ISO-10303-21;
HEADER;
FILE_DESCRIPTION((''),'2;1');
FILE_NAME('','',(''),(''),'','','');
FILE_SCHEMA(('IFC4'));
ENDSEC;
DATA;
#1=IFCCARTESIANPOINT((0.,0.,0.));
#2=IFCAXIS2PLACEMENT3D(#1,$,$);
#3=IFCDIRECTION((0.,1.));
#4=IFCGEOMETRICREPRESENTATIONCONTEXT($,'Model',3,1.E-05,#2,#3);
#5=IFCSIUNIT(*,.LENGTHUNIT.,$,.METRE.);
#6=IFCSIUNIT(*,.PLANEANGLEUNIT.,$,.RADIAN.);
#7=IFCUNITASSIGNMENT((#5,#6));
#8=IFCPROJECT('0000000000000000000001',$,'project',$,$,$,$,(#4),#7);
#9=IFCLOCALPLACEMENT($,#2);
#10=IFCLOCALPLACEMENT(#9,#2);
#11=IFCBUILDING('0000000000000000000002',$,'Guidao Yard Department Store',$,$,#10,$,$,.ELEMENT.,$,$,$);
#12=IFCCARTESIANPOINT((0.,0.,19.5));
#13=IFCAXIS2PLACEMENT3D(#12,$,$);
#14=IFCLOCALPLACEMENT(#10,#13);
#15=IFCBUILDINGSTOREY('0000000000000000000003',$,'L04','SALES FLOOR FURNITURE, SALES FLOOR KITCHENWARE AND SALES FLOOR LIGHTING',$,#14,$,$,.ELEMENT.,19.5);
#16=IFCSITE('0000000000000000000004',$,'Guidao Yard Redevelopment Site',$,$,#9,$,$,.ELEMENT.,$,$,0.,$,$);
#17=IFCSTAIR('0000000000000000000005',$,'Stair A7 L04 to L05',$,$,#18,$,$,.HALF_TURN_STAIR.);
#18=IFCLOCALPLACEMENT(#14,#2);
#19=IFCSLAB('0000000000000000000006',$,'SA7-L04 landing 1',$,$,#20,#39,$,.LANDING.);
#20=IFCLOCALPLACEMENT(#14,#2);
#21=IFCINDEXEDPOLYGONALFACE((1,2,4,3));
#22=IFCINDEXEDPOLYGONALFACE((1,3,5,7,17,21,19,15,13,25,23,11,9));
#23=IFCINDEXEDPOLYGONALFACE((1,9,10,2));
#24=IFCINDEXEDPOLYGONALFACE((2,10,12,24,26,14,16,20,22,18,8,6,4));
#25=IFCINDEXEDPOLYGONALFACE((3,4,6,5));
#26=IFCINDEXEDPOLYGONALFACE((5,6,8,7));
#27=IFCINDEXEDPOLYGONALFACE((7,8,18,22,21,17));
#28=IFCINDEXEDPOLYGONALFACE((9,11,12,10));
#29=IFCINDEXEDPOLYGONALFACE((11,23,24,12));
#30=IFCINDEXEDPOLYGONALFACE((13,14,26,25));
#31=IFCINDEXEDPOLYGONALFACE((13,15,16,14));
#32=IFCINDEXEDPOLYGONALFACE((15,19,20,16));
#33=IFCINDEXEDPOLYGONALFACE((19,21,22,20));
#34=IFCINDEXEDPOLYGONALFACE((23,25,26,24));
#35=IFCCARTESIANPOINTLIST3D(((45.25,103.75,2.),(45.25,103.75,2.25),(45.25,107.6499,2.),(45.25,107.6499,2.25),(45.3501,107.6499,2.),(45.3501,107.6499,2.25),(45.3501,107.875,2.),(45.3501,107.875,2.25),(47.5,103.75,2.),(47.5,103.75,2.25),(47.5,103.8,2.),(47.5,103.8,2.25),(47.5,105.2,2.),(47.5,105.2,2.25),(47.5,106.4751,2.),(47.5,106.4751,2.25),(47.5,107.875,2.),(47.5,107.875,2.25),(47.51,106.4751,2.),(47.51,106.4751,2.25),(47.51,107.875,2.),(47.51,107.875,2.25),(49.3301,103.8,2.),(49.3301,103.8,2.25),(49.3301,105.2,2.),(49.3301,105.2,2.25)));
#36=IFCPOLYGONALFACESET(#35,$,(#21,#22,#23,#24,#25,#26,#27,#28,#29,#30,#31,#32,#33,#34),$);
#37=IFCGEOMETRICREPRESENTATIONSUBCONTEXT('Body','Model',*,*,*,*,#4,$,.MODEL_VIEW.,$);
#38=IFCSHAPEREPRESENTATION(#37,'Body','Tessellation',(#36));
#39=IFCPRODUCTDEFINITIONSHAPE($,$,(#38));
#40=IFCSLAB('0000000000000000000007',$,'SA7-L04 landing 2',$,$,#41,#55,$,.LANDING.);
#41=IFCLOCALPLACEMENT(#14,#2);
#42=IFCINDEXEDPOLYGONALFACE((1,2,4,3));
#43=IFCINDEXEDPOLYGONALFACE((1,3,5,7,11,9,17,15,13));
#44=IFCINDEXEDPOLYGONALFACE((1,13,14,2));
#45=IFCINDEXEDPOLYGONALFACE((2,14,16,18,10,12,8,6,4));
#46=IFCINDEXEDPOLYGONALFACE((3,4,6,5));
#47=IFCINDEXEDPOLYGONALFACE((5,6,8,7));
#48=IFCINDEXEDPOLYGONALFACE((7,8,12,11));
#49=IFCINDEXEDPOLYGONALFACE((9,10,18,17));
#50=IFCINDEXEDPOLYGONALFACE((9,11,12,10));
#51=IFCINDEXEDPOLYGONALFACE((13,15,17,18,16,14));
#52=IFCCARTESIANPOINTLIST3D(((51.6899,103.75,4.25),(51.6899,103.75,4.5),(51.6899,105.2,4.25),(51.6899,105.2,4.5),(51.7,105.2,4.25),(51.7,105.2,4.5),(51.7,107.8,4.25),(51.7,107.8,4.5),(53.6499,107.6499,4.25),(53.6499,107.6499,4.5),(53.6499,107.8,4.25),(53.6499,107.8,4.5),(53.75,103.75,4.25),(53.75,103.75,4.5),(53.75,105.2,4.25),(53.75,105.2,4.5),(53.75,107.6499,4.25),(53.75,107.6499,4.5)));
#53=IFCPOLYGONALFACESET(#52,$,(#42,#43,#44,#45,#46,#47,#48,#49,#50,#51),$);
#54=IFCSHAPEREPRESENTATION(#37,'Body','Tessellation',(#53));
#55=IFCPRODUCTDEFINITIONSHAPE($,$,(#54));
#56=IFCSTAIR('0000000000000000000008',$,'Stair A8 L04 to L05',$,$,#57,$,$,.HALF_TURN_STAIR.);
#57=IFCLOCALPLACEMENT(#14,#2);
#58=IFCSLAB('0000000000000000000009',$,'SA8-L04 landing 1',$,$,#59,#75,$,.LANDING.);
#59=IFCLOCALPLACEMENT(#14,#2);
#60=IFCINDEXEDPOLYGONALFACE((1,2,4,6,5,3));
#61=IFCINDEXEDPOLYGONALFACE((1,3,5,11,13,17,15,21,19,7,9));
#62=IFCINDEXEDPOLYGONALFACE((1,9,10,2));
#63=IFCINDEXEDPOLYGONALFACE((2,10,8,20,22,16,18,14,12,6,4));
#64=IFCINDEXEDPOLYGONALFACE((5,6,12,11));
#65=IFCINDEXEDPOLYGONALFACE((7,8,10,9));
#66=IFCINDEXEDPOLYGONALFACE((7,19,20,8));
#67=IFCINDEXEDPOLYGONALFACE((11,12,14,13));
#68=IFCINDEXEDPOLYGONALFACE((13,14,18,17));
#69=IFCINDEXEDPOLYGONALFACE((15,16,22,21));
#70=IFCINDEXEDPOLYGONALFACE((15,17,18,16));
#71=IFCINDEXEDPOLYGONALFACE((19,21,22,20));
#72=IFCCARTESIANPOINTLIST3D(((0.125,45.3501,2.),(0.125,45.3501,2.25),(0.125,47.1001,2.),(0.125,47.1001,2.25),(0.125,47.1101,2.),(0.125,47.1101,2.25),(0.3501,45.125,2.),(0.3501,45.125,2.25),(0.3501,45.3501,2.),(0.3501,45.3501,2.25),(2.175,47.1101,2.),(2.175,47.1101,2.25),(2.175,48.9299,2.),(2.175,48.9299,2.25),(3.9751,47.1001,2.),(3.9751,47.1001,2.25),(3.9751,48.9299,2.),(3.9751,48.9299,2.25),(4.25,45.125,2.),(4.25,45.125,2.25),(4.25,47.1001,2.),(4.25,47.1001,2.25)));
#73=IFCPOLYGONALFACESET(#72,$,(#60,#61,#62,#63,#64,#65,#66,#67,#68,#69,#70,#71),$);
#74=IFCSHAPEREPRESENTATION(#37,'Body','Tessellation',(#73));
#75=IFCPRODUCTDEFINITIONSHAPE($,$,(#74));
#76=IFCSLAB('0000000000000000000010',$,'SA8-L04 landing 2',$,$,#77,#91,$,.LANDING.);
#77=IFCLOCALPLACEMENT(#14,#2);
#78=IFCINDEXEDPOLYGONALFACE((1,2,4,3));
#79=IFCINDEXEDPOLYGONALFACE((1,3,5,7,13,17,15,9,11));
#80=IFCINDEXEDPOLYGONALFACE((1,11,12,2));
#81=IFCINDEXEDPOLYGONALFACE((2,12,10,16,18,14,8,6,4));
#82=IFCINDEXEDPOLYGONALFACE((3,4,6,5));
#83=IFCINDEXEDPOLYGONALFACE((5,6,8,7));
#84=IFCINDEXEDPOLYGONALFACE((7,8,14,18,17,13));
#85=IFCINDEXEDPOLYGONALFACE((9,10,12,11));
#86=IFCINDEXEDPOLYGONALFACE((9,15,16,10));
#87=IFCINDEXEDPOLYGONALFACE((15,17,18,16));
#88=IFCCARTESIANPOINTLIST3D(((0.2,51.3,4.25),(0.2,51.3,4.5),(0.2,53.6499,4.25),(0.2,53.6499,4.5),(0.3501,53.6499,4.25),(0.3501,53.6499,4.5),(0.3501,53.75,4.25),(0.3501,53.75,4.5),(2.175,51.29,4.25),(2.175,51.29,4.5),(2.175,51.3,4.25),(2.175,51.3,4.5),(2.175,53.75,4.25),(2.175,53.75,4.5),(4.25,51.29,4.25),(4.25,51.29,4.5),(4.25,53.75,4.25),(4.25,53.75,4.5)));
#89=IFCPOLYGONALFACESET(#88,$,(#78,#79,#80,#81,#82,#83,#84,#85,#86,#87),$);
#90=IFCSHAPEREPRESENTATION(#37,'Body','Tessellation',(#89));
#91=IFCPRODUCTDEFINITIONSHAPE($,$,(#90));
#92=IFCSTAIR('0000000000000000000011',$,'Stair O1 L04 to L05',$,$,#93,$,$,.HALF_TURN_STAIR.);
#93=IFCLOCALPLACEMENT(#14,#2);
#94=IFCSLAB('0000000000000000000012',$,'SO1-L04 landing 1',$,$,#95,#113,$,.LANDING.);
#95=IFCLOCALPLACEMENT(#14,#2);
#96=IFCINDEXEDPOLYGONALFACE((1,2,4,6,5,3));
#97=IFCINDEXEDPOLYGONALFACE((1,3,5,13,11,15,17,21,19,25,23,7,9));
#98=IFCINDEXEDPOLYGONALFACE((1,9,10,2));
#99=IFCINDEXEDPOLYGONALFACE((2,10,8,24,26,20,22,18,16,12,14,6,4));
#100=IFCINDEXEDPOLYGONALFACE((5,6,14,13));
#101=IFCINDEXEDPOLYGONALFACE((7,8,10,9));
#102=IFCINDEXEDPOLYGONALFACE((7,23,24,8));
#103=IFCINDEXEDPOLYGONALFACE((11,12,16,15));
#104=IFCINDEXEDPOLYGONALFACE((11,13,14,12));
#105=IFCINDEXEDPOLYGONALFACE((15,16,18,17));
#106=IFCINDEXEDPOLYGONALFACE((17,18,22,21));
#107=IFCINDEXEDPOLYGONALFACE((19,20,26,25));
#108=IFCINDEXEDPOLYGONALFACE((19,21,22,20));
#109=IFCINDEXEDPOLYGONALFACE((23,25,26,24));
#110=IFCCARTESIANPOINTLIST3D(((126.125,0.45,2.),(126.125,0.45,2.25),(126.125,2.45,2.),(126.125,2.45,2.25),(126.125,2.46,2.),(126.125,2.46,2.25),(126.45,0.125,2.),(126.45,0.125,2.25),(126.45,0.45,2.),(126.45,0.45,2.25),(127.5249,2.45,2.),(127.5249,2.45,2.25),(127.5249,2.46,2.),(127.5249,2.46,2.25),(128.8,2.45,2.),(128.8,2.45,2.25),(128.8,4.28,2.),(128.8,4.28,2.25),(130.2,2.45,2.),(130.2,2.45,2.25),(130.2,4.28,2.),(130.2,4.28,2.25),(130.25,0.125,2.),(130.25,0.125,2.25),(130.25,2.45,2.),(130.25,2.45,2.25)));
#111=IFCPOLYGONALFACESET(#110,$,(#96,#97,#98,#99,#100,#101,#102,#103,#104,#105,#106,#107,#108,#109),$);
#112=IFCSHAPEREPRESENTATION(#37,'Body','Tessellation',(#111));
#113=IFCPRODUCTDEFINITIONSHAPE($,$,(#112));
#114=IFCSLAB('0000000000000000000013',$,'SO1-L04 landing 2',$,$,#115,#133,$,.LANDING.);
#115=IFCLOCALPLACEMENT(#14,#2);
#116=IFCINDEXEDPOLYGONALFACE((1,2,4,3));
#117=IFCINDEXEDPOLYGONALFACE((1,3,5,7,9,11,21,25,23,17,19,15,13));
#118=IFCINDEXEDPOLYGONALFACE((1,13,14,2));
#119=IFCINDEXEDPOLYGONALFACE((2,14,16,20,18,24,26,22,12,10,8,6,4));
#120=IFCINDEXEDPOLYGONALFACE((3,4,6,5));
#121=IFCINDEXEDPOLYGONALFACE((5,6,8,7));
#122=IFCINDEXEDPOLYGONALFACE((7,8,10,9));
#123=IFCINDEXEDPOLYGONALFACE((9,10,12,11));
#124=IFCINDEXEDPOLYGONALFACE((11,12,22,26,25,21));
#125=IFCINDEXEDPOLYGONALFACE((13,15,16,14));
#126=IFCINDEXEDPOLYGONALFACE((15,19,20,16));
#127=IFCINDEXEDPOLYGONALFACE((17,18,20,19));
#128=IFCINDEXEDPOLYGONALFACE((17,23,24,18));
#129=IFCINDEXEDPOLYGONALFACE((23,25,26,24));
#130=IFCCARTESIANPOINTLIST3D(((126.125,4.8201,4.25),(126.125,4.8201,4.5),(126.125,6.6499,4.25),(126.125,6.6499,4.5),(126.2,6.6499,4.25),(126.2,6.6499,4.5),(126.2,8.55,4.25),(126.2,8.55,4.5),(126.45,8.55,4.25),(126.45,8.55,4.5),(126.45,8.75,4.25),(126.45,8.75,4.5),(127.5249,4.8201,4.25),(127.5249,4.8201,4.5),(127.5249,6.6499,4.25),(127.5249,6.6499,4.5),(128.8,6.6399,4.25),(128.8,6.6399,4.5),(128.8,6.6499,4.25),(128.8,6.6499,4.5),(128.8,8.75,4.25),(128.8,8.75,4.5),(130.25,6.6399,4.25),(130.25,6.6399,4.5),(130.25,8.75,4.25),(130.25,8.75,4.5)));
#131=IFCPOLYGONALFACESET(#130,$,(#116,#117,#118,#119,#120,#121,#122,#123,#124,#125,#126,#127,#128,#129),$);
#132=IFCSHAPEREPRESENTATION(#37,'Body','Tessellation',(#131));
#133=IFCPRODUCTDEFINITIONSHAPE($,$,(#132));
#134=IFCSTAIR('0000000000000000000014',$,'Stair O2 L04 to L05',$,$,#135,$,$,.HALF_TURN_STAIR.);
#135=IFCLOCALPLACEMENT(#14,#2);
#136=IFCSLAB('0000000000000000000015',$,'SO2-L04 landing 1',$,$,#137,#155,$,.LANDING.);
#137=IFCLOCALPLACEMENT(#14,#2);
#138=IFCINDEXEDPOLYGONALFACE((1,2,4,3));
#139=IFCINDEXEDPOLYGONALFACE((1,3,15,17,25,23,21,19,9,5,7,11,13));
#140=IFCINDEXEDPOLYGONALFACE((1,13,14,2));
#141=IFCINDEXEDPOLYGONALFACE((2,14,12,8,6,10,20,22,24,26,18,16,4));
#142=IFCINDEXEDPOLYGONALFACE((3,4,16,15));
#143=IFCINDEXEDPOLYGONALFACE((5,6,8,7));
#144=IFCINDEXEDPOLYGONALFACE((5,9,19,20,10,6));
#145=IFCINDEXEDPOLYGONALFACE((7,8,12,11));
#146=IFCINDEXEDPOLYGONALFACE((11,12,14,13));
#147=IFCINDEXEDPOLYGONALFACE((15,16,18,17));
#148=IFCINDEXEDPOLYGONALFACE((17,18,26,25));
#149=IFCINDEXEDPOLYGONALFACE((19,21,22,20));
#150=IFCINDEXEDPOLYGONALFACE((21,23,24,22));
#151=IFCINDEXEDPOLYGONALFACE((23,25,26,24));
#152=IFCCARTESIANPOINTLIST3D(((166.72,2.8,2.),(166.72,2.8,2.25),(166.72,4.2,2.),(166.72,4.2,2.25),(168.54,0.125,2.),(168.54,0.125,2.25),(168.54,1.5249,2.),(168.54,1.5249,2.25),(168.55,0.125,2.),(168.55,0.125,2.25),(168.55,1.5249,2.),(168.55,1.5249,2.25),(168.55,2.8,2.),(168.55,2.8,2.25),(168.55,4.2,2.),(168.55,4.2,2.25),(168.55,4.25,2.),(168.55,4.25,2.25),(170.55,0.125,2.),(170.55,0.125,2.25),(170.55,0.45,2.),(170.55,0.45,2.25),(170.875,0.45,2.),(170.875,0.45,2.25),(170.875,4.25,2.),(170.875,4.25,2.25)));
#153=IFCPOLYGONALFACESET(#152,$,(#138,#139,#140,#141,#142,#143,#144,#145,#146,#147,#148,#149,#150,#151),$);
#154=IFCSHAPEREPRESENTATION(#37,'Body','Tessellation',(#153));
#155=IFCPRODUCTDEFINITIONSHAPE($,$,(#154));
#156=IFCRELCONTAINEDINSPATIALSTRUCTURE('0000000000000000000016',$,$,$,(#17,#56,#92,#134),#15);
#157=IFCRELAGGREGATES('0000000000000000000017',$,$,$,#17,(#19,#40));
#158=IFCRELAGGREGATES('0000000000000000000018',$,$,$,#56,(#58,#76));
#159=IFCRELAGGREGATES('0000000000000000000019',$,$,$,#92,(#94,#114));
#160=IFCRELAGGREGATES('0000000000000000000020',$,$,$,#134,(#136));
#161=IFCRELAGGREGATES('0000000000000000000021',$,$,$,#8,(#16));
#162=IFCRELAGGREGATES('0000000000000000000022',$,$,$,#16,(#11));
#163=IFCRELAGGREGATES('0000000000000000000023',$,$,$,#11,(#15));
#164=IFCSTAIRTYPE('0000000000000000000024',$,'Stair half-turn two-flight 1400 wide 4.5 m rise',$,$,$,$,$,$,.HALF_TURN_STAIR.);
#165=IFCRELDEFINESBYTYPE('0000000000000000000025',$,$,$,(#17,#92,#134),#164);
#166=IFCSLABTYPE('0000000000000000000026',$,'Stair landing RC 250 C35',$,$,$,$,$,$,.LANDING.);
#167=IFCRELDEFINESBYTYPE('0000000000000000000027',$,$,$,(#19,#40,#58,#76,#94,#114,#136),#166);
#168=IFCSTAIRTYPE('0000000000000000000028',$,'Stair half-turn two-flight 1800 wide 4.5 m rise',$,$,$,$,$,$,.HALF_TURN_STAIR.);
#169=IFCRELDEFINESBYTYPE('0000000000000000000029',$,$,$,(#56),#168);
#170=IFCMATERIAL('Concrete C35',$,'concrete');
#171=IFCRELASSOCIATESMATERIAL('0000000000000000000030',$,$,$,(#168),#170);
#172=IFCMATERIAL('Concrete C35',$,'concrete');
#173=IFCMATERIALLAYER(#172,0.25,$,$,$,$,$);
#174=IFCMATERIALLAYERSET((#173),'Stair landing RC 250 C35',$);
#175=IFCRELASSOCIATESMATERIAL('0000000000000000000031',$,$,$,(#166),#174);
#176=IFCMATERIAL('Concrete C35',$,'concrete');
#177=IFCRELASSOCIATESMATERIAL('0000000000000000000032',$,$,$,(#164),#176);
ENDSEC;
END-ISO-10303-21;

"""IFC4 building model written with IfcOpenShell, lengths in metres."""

from ifc_helpers import new_model, si_unit, direction, frame, origin, place, context, subcontext, project, spatial, polyline, outline, extrude, material, layer, layer_set, type_object, element, aggregate, save


model = new_model("IFC4")

# Units and contexts
model_context = context("Model", 3, precision=1e-05, world=origin(), true_north=direction((0.0, 1.0)))
body_context = subcontext(model_context, "Body", "Model", "MODEL_VIEW")
ifc_project = project(units=[si_unit("LENGTHUNIT", "METRE"), si_unit("PLANEANGLEUNIT", "RADIAN")], contexts=[model_context])

# Site, building, storey
site_placement = place(None, origin())
site = spatial("IfcSite", under=ifc_project, at=site_placement, Name="Guidao Yard Redevelopment Site", CompositionType="ELEMENT", RefElevation=0.0)
building_placement = place(site_placement, origin())
building = spatial("IfcBuilding", under=site, at=building_placement, Name="Guidao Yard Department Store", CompositionType="ELEMENT")
storey_placement = place(building_placement, frame((0.0, 0.0, 19.5)))
storey = spatial("IfcBuildingStorey", under=building, at=storey_placement, Name="L04", Description="SALES FLOOR FURNITURE, SALES FLOOR KITCHENWARE AND SALES FLOOR LIGHTING", CompositionType="ELEMENT", Elevation=19.5)

# Stairs, slabs
ifc_material_1 = material(Name="Concrete C35", Category="concrete")
stair_type_1 = type_object("IfcStairType", Name="Stair half-turn two-flight 1800 wide 4.5 m rise", PredefinedType="HALF_TURN_STAIR", material=ifc_material_1)
ifc_material_2 = material(Name="Concrete C35", Category="concrete")
ifc_layer_1 = layer(ifc_material_2, 0.25)
ifc_layer_set_1 = layer_set([ifc_layer_1], Name="Stair landing RC 250 C35")
slab_type_1 = type_object("IfcSlabType", Name="Stair landing RC 250 C35", PredefinedType="LANDING", material=ifc_layer_set_1)
ifc_material_3 = material(Name="Concrete C35", Category="concrete")
stair_type_2 = type_object("IfcStairType", Name="Stair half-turn two-flight 1400 wide 4.5 m rise", PredefinedType="HALF_TURN_STAIR", material=ifc_material_3)
stair_1_placement = place(storey_placement, origin())
stair_1 = element("IfcStair", 1, at=stair_1_placement, inside=storey, type_object=stair_type_2, Name="Stair A7 L04 to L05", PredefinedType="HALF_TURN_STAIR")
slab_1_placement = place(storey_placement, frame((0.0, 0.0, 2.0)))
slab_1 = element("IfcSlab", 2, at=slab_1_placement, type_object=slab_type_1, Name="SA7-L04 landing 1", PredefinedType="LANDING", context=body_context, shape_type="SweptSolid", body=[
    extrude(outline(polyline([(47.5, 103.8), (47.5, 103.75), (45.25, 103.75), (45.25, 107.6499), (45.3501, 107.6499), (45.3501, 107.875), (47.5, 107.875), (47.51, 107.875), (47.51, 106.4751), (47.5, 106.4751), (47.5, 105.2), (49.3301, 105.2), (49.3301, 103.8), (47.5, 103.8)])), origin(), (0.0, 0.0, 1.0), 0.25),
])
slab_2_placement = place(storey_placement, frame((0.0, 0.0, 4.25)))
slab_2 = element("IfcSlab", 3, at=slab_2_placement, type_object=slab_type_1, Name="SA7-L04 landing 2", PredefinedType="LANDING", context=body_context, shape_type="SweptSolid", body=[
    extrude(outline(polyline([(51.6899, 105.2), (51.7, 105.2), (51.7, 107.8), (53.6499, 107.8), (53.6499, 107.6499), (53.75, 107.6499), (53.75, 105.2), (53.75, 103.75), (51.6899, 103.75), (51.6899, 105.2)])), origin(), (0.0, 0.0, 1.0), 0.25),
])
aggregate(stair_1, [slab_1, slab_2])
stair_2_placement = place(storey_placement, origin())
stair_2 = element("IfcStair", 4, at=stair_2_placement, inside=storey, type_object=stair_type_1, Name="Stair A8 L04 to L05", PredefinedType="HALF_TURN_STAIR")
slab_3_placement = place(storey_placement, frame((0.0, 0.0, 2.0)))
slab_3 = element("IfcSlab", 5, at=slab_3_placement, type_object=slab_type_1, Name="SA8-L04 landing 1", PredefinedType="LANDING", context=body_context, shape_type="SweptSolid", body=[
    extrude(outline(polyline([(0.3501, 45.125), (0.3501, 45.3501), (0.125, 45.3501), (0.125, 47.1001), (0.125, 47.1101), (2.175, 47.1101), (2.175, 48.9299), (3.9751, 48.9299), (3.9751, 47.1001), (4.25, 47.1001), (4.25, 45.125), (0.3501, 45.125)])), origin(), (0.0, 0.0, 1.0), 0.25),
])
slab_4_placement = place(storey_placement, frame((0.0, 0.0, 4.25)))
slab_4 = element("IfcSlab", 6, at=slab_4_placement, type_object=slab_type_1, Name="SA8-L04 landing 2", PredefinedType="LANDING", context=body_context, shape_type="SweptSolid", body=[
    extrude(outline(polyline([(2.175, 51.29), (2.175, 51.3), (0.2, 51.3), (0.2, 53.6499), (0.3501, 53.6499), (0.3501, 53.75), (2.175, 53.75), (4.25, 53.75), (4.25, 51.29), (2.175, 51.29)])), origin(), (0.0, 0.0, 1.0), 0.25),
])
aggregate(stair_2, [slab_3, slab_4])
stair_3_placement = place(storey_placement, origin())
stair_3 = element("IfcStair", 7, at=stair_3_placement, inside=storey, type_object=stair_type_2, Name="Stair O1 L04 to L05", PredefinedType="HALF_TURN_STAIR")
slab_5_placement = place(storey_placement, frame((0.0, 0.0, 2.0)))
slab_5 = element("IfcSlab", 8, at=slab_5_placement, type_object=slab_type_1, Name="SO1-L04 landing 1", PredefinedType="LANDING", context=body_context, shape_type="SweptSolid", body=[
    extrude(outline(polyline([(126.45, 0.125), (126.45, 0.45), (126.125, 0.45), (126.125, 2.45), (126.125, 2.46), (127.5249, 2.46), (127.5249, 2.45), (128.8, 2.45), (128.8, 4.28), (130.2, 4.28), (130.2, 2.45), (130.25, 2.45), (130.25, 0.125), (126.45, 0.125)])), origin(), (0.0, 0.0, 1.0), 0.25),
])
slab_6_placement = place(storey_placement, frame((0.0, 0.0, 4.25)))
slab_6 = element("IfcSlab", 9, at=slab_6_placement, type_object=slab_type_1, Name="SO1-L04 landing 2", PredefinedType="LANDING", context=body_context, shape_type="SweptSolid", body=[
    extrude(outline(polyline([(126.125, 6.6499), (126.2, 6.6499), (126.2, 8.55), (126.45, 8.55), (126.45, 8.75), (128.8, 8.75), (130.25, 8.75), (130.25, 6.6399), (128.8, 6.6399), (128.8, 6.6499), (127.5249, 6.6499), (127.5249, 4.8201), (126.125, 4.8201), (126.125, 6.6499)])), origin(), (0.0, 0.0, 1.0), 0.25),
])
aggregate(stair_3, [slab_5, slab_6])

# Stair, slab
stair_4_placement = place(storey_placement, origin())
stair_4 = element("IfcStair", 10, at=stair_4_placement, inside=storey, type_object=stair_type_2, Name="Stair O2 L04 to L05", PredefinedType="HALF_TURN_STAIR")
slab_7_placement = place(storey_placement, frame((0.0, 0.0, 2.0)))
slab_7 = element("IfcSlab", 11, at=slab_7_placement, type_object=slab_type_1, Name="SO2-L04 landing 1", PredefinedType="LANDING", context=body_context, shape_type="SweptSolid", body=[
    extrude(outline(polyline([(168.55, 1.5249), (168.55, 2.8), (166.72, 2.8), (166.72, 4.2), (168.55, 4.2), (168.55, 4.25), (170.875, 4.25), (170.875, 0.45), (170.55, 0.45), (170.55, 0.125), (168.55, 0.125), (168.54, 0.125), (168.54, 1.5249), (168.55, 1.5249)])), origin(), (0.0, 0.0, 1.0), 0.25),
])
aggregate(stair_4, [slab_7])

save(model, "model.ifc")
